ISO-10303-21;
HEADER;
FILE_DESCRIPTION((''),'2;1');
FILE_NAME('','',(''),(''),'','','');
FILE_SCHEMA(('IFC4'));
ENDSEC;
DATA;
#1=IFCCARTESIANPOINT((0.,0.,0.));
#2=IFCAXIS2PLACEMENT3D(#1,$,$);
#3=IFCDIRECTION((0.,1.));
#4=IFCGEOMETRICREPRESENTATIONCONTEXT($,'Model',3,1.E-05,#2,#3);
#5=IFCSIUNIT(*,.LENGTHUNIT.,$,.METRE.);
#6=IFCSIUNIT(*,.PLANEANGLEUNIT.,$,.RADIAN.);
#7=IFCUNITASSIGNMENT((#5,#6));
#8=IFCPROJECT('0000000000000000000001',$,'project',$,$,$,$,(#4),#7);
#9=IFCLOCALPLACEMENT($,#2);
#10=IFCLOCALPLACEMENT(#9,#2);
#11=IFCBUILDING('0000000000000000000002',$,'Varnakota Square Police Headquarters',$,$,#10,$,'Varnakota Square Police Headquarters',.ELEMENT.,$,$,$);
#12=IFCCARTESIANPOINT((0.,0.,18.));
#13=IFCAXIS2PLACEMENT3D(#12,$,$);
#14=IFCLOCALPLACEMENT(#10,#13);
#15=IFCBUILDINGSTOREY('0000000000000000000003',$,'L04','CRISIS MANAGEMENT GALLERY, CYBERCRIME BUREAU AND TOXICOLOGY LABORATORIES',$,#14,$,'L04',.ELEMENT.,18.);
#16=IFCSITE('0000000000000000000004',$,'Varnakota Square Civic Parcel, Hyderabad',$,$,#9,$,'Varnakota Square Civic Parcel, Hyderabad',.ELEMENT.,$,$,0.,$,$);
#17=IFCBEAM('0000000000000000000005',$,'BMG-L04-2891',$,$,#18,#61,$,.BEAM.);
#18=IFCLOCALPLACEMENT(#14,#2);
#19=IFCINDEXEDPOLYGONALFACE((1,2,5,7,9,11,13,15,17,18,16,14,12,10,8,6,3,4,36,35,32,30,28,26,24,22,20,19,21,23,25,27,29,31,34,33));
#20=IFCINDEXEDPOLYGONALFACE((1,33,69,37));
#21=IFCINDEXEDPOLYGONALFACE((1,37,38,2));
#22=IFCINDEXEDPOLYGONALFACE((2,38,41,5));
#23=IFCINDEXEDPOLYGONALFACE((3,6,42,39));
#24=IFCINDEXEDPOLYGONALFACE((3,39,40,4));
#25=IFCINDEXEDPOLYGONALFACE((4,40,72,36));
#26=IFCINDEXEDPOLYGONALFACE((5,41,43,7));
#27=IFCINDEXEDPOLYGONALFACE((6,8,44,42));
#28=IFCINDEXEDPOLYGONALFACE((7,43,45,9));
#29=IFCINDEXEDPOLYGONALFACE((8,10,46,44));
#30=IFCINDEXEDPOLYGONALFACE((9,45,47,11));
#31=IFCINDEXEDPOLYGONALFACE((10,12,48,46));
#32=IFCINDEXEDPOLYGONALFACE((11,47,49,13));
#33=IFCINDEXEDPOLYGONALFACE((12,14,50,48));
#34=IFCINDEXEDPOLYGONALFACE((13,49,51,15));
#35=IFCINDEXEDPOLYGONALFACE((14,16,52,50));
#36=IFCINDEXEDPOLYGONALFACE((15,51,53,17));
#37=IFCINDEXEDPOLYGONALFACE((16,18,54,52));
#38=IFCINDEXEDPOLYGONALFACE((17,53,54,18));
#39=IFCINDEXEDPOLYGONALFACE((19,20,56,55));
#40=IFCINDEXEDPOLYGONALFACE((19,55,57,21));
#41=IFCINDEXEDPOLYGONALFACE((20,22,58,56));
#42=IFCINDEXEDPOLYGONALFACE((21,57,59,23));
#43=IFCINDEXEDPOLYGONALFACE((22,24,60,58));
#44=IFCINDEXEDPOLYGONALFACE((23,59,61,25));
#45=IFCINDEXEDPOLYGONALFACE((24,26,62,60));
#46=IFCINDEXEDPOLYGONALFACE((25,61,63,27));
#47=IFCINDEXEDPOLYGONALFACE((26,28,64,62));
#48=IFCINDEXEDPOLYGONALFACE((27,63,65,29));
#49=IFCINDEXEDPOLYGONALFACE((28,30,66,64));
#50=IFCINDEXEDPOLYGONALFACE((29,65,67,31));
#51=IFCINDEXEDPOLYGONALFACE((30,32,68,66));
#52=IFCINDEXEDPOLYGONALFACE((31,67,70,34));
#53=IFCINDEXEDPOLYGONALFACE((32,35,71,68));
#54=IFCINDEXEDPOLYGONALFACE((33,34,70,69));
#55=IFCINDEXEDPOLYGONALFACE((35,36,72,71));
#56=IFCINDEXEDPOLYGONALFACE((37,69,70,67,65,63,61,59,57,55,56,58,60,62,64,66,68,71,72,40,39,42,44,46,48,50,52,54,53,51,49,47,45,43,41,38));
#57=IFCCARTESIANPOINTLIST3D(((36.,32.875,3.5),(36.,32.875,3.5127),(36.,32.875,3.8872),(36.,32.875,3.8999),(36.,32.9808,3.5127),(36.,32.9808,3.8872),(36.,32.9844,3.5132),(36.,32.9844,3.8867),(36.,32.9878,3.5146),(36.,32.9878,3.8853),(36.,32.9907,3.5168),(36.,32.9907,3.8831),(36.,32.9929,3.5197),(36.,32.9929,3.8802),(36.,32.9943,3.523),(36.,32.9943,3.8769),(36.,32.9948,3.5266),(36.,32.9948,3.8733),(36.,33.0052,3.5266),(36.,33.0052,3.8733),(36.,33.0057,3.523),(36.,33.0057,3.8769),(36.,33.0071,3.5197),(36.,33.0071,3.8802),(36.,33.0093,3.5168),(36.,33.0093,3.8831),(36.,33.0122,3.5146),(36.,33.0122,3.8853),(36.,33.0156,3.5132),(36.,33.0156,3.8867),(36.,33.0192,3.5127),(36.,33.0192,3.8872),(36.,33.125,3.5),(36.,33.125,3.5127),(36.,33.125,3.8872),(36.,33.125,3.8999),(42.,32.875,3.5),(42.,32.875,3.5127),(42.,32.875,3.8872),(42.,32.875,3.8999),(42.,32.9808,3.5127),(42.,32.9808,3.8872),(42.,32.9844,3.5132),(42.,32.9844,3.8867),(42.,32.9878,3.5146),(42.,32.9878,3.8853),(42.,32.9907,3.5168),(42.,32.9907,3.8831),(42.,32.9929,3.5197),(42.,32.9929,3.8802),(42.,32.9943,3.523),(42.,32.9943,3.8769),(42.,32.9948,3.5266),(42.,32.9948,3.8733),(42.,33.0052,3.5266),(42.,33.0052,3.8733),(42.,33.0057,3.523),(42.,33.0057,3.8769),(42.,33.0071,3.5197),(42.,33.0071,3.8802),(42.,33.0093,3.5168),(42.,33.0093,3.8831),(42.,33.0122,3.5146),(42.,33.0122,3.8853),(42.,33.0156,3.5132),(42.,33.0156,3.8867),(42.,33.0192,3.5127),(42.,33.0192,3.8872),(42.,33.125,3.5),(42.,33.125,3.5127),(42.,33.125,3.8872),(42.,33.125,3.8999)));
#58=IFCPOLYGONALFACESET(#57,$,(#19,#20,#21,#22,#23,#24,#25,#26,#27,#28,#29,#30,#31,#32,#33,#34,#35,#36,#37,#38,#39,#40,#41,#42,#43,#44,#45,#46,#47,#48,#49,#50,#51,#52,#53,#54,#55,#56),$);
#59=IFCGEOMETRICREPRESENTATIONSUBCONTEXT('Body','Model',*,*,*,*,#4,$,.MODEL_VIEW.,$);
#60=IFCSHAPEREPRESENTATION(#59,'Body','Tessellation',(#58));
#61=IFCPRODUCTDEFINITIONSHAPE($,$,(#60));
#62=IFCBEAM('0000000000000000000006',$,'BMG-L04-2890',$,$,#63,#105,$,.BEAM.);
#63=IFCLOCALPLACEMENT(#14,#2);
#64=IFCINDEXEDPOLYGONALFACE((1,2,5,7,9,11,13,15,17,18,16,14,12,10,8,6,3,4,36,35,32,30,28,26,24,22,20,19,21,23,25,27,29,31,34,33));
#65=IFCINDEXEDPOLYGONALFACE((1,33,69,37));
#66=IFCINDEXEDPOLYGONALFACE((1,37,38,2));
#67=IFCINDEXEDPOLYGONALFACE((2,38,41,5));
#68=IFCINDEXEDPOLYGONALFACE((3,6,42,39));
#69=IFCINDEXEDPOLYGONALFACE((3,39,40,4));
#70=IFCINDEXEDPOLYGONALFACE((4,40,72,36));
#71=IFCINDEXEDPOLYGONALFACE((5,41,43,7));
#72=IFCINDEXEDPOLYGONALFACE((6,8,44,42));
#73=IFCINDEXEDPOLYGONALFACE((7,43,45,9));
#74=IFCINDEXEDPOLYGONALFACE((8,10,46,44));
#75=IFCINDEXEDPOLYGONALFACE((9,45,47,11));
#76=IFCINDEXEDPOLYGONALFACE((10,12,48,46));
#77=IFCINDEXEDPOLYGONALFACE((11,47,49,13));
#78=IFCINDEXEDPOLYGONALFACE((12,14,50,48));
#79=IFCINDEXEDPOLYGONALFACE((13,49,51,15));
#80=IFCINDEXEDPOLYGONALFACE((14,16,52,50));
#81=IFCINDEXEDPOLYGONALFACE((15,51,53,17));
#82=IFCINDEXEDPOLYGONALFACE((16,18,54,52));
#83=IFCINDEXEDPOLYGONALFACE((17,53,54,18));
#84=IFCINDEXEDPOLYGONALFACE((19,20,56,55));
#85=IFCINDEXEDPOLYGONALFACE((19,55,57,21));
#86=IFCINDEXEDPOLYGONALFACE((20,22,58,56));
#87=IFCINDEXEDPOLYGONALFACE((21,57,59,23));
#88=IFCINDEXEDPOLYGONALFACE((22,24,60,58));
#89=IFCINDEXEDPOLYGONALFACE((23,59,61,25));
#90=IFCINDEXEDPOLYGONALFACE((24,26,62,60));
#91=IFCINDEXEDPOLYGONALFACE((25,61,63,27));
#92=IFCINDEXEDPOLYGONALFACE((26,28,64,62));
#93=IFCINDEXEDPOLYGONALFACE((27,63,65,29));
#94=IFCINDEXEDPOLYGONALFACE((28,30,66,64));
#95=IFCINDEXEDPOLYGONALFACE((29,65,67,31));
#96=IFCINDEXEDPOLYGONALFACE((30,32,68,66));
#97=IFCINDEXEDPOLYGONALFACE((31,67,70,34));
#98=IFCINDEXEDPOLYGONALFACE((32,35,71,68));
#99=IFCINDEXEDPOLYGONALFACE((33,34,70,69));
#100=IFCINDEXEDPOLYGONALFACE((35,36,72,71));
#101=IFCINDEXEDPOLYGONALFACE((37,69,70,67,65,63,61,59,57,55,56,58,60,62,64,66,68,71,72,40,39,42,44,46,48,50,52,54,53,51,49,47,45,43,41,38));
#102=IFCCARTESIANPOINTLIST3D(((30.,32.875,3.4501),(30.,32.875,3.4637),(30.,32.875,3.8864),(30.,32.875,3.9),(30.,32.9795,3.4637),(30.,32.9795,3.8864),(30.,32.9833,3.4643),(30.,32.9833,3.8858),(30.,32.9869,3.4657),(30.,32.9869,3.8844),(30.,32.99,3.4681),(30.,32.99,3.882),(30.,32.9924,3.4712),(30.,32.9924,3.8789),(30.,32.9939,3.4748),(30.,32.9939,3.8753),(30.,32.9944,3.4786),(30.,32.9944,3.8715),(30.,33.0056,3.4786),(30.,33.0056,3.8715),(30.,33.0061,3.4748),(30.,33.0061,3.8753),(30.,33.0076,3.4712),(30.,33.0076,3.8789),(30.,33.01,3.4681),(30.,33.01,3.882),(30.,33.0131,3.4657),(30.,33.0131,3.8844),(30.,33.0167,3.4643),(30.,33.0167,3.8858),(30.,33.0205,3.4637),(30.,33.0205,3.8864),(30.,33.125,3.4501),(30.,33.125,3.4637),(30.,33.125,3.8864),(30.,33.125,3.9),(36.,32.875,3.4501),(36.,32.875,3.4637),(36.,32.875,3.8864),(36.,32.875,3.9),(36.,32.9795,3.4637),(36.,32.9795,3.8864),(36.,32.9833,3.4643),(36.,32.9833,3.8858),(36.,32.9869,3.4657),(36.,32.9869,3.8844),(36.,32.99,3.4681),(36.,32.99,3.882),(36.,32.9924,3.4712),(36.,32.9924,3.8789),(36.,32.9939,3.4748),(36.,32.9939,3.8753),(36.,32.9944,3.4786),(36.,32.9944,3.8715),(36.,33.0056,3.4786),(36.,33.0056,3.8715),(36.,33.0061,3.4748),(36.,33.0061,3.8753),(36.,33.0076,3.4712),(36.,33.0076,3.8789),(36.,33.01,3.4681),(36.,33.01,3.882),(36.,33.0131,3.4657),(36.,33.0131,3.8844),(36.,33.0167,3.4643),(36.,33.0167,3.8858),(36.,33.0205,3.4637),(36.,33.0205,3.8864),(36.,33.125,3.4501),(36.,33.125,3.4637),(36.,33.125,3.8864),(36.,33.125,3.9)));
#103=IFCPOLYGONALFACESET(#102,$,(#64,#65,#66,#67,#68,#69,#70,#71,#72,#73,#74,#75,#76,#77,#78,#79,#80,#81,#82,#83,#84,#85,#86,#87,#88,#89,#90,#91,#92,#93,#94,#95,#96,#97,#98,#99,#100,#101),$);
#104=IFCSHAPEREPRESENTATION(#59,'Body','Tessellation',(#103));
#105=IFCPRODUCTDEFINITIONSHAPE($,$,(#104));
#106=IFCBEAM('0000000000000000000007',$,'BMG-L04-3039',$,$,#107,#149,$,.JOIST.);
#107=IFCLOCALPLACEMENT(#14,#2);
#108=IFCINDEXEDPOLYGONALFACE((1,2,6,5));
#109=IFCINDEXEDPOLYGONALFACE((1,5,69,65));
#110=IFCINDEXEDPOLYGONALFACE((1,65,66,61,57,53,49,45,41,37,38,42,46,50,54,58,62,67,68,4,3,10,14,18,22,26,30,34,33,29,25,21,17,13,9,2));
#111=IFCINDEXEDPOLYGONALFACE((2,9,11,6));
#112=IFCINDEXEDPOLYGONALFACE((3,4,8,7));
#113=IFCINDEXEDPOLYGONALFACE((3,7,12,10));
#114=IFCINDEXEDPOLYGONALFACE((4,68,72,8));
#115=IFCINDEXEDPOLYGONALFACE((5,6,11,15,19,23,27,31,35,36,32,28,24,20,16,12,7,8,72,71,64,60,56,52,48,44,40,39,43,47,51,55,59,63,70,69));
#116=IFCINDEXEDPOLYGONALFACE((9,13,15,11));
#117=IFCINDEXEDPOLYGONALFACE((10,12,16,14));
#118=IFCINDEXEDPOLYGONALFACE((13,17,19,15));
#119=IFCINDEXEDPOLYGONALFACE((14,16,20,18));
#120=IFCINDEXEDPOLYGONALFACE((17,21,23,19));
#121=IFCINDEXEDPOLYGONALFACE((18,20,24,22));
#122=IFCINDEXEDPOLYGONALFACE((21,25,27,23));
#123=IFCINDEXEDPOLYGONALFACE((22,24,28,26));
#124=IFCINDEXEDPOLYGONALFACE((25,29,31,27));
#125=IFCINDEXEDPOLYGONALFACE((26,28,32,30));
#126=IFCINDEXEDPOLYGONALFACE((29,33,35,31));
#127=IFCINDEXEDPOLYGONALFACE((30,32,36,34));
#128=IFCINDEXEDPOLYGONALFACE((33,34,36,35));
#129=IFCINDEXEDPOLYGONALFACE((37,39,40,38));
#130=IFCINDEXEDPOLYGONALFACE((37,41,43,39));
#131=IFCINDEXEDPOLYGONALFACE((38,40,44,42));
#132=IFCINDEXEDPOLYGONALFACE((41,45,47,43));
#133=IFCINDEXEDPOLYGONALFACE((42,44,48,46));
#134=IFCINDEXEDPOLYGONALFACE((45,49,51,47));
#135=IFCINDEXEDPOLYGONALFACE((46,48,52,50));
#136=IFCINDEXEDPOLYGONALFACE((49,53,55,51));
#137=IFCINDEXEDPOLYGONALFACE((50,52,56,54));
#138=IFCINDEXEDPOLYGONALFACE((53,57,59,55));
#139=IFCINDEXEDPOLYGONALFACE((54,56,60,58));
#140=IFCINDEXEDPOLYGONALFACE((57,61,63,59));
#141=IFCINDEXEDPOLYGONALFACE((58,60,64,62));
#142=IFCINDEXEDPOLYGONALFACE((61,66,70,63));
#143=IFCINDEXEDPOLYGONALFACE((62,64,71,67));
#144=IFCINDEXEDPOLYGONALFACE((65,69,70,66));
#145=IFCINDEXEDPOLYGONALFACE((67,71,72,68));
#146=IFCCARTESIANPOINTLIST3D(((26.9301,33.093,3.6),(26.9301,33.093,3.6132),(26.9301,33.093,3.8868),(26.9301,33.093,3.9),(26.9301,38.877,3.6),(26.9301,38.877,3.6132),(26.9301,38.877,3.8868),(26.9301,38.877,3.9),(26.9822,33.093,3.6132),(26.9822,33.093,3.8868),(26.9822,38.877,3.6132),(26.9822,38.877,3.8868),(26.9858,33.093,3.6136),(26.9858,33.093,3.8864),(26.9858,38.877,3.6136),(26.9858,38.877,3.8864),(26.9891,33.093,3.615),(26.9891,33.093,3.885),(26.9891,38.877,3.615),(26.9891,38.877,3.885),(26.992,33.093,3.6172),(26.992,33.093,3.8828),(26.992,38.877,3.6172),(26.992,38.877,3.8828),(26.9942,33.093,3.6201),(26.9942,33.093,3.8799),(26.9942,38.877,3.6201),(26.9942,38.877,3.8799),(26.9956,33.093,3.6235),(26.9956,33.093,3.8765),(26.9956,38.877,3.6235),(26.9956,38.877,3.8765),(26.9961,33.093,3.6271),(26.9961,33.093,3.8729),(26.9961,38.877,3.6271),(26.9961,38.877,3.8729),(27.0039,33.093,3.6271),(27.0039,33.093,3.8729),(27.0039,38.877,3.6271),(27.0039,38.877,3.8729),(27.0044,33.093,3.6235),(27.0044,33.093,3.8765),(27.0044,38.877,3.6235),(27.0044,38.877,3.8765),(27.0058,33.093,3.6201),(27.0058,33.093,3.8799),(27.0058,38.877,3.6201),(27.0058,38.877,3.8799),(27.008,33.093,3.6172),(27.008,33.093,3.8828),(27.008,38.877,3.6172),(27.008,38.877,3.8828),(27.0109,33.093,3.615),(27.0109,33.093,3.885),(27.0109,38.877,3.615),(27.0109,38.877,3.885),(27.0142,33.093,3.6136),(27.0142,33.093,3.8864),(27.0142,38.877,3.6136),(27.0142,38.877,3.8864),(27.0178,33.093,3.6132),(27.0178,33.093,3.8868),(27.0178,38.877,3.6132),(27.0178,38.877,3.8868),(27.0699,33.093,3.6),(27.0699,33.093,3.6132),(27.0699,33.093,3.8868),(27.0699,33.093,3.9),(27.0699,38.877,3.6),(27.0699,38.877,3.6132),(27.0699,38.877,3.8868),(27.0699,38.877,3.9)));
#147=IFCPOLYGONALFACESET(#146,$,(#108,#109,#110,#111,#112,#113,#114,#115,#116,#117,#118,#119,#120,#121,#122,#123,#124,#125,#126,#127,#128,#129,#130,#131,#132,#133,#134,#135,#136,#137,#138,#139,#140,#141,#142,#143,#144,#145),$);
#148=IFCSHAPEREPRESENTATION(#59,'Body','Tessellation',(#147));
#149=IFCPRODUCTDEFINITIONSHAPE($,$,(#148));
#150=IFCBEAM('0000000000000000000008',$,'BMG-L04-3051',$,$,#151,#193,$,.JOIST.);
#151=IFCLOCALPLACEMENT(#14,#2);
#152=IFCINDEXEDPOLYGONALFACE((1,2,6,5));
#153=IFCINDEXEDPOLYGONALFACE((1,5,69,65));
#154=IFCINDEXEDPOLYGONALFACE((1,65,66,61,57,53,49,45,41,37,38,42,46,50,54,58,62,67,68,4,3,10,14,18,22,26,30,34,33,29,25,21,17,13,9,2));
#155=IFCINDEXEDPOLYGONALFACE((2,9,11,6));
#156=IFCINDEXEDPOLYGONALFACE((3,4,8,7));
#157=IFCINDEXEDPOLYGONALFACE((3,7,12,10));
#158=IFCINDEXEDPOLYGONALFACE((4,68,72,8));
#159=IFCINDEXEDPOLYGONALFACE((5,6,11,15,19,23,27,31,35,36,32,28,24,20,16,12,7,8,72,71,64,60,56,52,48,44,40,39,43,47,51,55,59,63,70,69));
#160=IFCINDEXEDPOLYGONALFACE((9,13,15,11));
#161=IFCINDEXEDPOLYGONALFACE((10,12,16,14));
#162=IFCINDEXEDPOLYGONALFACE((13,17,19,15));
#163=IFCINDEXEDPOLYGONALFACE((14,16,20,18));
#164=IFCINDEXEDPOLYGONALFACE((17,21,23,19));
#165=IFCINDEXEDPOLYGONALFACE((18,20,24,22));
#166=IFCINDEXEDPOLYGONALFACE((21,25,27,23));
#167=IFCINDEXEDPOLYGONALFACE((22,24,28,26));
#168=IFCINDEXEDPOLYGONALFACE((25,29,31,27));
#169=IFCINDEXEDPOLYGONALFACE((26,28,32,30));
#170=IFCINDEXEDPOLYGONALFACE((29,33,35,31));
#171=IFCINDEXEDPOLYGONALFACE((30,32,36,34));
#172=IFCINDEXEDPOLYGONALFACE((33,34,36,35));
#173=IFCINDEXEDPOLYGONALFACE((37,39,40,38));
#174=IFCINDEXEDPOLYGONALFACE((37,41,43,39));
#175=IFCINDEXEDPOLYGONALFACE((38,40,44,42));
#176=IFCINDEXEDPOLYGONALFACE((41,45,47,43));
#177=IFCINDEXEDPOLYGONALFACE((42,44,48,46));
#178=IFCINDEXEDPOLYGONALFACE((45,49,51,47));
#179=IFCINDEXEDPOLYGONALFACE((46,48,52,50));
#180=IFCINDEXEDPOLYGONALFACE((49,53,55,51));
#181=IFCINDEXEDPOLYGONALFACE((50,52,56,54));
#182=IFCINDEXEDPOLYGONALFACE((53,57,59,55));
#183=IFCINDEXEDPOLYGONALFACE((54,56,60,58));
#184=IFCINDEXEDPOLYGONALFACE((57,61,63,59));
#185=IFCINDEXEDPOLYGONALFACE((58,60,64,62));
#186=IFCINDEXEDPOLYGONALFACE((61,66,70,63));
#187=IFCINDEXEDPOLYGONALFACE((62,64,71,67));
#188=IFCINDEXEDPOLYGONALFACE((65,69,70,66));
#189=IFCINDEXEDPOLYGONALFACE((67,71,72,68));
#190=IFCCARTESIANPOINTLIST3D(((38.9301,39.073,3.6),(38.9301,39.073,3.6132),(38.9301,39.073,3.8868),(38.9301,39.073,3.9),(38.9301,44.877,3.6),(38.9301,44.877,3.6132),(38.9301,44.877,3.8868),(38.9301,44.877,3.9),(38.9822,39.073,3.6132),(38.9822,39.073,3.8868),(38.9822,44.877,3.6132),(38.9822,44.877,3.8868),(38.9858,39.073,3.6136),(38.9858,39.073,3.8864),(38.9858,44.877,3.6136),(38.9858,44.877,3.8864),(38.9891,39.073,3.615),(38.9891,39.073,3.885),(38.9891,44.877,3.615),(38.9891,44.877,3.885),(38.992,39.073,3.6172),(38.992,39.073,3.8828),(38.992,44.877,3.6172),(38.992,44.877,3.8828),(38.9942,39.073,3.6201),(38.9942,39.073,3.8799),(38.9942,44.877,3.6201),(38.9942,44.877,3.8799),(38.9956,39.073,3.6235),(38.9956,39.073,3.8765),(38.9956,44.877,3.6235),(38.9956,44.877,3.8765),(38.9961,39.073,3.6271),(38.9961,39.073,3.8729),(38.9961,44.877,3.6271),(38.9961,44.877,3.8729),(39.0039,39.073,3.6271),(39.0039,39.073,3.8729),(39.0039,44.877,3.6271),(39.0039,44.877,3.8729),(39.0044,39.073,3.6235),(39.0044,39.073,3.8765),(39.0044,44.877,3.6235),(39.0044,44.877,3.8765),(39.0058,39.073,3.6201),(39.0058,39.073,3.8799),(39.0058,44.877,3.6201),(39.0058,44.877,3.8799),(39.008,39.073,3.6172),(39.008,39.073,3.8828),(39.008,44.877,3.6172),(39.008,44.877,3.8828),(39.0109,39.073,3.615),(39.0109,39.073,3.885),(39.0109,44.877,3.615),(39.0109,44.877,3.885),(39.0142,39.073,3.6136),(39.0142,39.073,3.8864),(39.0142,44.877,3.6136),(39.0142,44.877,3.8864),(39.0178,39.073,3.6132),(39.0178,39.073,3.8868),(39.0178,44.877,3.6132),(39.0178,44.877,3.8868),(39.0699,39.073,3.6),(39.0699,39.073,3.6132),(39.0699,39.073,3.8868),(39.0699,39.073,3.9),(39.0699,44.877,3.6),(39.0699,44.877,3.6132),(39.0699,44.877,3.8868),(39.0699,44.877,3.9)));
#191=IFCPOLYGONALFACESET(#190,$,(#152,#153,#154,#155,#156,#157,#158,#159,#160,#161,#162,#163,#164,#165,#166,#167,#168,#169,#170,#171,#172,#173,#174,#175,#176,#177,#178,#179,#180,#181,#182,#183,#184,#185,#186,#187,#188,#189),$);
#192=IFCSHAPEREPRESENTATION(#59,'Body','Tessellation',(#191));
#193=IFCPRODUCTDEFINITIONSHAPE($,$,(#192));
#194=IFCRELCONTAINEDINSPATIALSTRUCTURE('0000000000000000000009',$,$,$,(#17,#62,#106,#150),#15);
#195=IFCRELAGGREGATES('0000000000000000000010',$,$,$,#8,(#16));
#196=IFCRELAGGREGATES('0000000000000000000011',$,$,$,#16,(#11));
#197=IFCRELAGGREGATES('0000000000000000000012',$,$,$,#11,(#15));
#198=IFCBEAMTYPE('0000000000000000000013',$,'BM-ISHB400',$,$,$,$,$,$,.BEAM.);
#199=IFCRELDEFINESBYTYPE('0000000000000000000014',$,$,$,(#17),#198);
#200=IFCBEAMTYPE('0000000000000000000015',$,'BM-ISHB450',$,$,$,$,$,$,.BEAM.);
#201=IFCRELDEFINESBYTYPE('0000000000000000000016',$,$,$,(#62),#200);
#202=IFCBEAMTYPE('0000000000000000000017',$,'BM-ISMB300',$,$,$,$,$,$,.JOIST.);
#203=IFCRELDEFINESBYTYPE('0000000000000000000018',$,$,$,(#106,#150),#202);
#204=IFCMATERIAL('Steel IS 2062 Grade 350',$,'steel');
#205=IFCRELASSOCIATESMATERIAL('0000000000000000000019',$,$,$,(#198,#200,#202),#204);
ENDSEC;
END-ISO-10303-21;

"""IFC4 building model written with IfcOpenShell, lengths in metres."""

from ifc_helpers import new_model, si_unit, direction, frame, origin, origin_2d, place, context, subcontext, project, spatial, i_section, extrude, material, material_profile, profile_set, type_object, element, save


model = new_model("IFC4")

# Units and contexts
model_context = context("Model", 3, precision=1e-05, world=origin(), true_north=direction((0.0, 1.0)))
body_context = subcontext(model_context, "Body", "Model", "MODEL_VIEW")
ifc_project = project(units=[si_unit("LENGTHUNIT", "METRE"), si_unit("PLANEANGLEUNIT", "RADIAN")], contexts=[model_context])

# Site, building, storey
site_placement = place(None, origin())
site = spatial("IfcSite", under=ifc_project, at=site_placement, Name="Varnakota Square Civic Parcel, Hyderabad", LongName="Varnakota Square Civic Parcel, Hyderabad", CompositionType="ELEMENT", RefElevation=0.0)
building_placement = place(site_placement, origin())
building = spatial("IfcBuilding", under=site, at=building_placement, Name="Varnakota Square Police Headquarters", LongName="Varnakota Square Police Headquarters", CompositionType="ELEMENT")
storey_placement = place(building_placement, frame((0.0, 0.0, 18.0)))
storey = spatial("IfcBuildingStorey", under=building, at=storey_placement, Name="L04", Description="CRISIS MANAGEMENT GALLERY, CYBERCRIME BUREAU AND TOXICOLOGY LABORATORIES", LongName="L04", CompositionType="ELEMENT", Elevation=18.0)

# Shared definitions
ifc_material_1 = material(Name="Steel IS 2062 Grade 350", Category="steel")

# Beams
ifc_material_profile_1 = material_profile(ifc_material_1, i_section(OverallWidth=0.25, OverallDepth=0.3999, WebThickness=0.0105, FlangeThickness=0.0127, FilletRadius=0.0139, at=origin_2d()), Name="ISHB 400")
ifc_profile_set_1 = profile_set([ifc_material_profile_1], Name="Steel IS 2062 Grade 350")
beam_type_1 = type_object("IfcBeamType", Name="BM-ISHB400", PredefinedType="BEAM", material=ifc_profile_set_1)
beam_1_placement = place(storey_placement, frame((36.0, 33.0, 3.7), z_axis=(1.0, 0.0, 0.0), x_axis=(0.0, 1.0, 0.0)))
element("IfcBeam", 1, at=beam_1_placement, inside=storey, type_object=beam_type_1, Name="BMG-L04-2891", PredefinedType="BEAM", context=body_context, shape_type="SweptSolid", body=[
    extrude(i_section(OverallWidth=0.25, OverallDepth=0.3999, WebThickness=0.0105, FlangeThickness=0.0127, FilletRadius=0.0139, at=origin_2d()), origin(), (0.0, 0.0, 1.0), 6.0),
])
ifc_material_profile_2 = material_profile(ifc_material_1, i_section(OverallWidth=0.25, OverallDepth=0.45, WebThickness=0.0112, FlangeThickness=0.0137, FilletRadius=0.0149, at=origin_2d()), Name="ISHB 450")
ifc_profile_set_2 = profile_set([ifc_material_profile_2], Name="Steel IS 2062 Grade 350")
beam_type_2 = type_object("IfcBeamType", Name="BM-ISHB450", PredefinedType="BEAM", material=ifc_profile_set_2)
beam_2_placement = place(storey_placement, frame((30.0, 33.0, 3.675), z_axis=(1.0, 0.0, 0.0), x_axis=(0.0, 1.0, 0.0)))
element("IfcBeam", 2, at=beam_2_placement, inside=storey, type_object=beam_type_2, Name="BMG-L04-2890", PredefinedType="BEAM", context=body_context, shape_type="SweptSolid", body=[
    extrude(i_section(OverallWidth=0.25, OverallDepth=0.45, WebThickness=0.0112, FlangeThickness=0.0137, FilletRadius=0.0149, at=origin_2d()), origin(), (0.0, 0.0, 1.0), 6.0),
])
ifc_material_profile_3 = material_profile(ifc_material_1, i_section(OverallWidth=0.1399, OverallDepth=0.3, WebThickness=0.0078, FlangeThickness=0.0132, FilletRadius=0.0139, at=origin_2d()), Name="ISMB 300")
ifc_profile_set_3 = profile_set([ifc_material_profile_3], Name="Steel IS 2062 Grade 350")
beam_type_3 = type_object("IfcBeamType", Name="BM-ISMB300", PredefinedType="JOIST", material=ifc_profile_set_3)
beam_3_placement = place(storey_placement, frame((27.0, 33.093, 3.75), z_axis=(0.0, 1.0, 0.0), x_axis=(-1.0, 0.0, 0.0)))
element("IfcBeam", 3, at=beam_3_placement, inside=storey, type_object=beam_type_3, Name="BMG-L04-3039", PredefinedType="JOIST", context=body_context, shape_type="SweptSolid", body=[
    extrude(i_section(OverallWidth=0.1399, OverallDepth=0.3, WebThickness=0.0078, FlangeThickness=0.0132, FilletRadius=0.0139, at=origin_2d()), origin(), (0.0, 0.0, 1.0), 5.7839),
])
beam_4_placement = place(storey_placement, frame((39.0, 39.073, 3.75), z_axis=(0.0, 1.0, 0.0), x_axis=(-1.0, 0.0, 0.0)))
element("IfcBeam", 4, at=beam_4_placement, inside=storey, type_object=beam_type_3, Name="BMG-L04-3051", PredefinedType="JOIST", context=body_context, shape_type="SweptSolid", body=[
    extrude(i_section(OverallWidth=0.1399, OverallDepth=0.3, WebThickness=0.0078, FlangeThickness=0.0132, FilletRadius=0.0139, at=origin_2d()), origin(), (0.0, 0.0, 1.0), 5.804),
])

save(model, "model.ifc")
